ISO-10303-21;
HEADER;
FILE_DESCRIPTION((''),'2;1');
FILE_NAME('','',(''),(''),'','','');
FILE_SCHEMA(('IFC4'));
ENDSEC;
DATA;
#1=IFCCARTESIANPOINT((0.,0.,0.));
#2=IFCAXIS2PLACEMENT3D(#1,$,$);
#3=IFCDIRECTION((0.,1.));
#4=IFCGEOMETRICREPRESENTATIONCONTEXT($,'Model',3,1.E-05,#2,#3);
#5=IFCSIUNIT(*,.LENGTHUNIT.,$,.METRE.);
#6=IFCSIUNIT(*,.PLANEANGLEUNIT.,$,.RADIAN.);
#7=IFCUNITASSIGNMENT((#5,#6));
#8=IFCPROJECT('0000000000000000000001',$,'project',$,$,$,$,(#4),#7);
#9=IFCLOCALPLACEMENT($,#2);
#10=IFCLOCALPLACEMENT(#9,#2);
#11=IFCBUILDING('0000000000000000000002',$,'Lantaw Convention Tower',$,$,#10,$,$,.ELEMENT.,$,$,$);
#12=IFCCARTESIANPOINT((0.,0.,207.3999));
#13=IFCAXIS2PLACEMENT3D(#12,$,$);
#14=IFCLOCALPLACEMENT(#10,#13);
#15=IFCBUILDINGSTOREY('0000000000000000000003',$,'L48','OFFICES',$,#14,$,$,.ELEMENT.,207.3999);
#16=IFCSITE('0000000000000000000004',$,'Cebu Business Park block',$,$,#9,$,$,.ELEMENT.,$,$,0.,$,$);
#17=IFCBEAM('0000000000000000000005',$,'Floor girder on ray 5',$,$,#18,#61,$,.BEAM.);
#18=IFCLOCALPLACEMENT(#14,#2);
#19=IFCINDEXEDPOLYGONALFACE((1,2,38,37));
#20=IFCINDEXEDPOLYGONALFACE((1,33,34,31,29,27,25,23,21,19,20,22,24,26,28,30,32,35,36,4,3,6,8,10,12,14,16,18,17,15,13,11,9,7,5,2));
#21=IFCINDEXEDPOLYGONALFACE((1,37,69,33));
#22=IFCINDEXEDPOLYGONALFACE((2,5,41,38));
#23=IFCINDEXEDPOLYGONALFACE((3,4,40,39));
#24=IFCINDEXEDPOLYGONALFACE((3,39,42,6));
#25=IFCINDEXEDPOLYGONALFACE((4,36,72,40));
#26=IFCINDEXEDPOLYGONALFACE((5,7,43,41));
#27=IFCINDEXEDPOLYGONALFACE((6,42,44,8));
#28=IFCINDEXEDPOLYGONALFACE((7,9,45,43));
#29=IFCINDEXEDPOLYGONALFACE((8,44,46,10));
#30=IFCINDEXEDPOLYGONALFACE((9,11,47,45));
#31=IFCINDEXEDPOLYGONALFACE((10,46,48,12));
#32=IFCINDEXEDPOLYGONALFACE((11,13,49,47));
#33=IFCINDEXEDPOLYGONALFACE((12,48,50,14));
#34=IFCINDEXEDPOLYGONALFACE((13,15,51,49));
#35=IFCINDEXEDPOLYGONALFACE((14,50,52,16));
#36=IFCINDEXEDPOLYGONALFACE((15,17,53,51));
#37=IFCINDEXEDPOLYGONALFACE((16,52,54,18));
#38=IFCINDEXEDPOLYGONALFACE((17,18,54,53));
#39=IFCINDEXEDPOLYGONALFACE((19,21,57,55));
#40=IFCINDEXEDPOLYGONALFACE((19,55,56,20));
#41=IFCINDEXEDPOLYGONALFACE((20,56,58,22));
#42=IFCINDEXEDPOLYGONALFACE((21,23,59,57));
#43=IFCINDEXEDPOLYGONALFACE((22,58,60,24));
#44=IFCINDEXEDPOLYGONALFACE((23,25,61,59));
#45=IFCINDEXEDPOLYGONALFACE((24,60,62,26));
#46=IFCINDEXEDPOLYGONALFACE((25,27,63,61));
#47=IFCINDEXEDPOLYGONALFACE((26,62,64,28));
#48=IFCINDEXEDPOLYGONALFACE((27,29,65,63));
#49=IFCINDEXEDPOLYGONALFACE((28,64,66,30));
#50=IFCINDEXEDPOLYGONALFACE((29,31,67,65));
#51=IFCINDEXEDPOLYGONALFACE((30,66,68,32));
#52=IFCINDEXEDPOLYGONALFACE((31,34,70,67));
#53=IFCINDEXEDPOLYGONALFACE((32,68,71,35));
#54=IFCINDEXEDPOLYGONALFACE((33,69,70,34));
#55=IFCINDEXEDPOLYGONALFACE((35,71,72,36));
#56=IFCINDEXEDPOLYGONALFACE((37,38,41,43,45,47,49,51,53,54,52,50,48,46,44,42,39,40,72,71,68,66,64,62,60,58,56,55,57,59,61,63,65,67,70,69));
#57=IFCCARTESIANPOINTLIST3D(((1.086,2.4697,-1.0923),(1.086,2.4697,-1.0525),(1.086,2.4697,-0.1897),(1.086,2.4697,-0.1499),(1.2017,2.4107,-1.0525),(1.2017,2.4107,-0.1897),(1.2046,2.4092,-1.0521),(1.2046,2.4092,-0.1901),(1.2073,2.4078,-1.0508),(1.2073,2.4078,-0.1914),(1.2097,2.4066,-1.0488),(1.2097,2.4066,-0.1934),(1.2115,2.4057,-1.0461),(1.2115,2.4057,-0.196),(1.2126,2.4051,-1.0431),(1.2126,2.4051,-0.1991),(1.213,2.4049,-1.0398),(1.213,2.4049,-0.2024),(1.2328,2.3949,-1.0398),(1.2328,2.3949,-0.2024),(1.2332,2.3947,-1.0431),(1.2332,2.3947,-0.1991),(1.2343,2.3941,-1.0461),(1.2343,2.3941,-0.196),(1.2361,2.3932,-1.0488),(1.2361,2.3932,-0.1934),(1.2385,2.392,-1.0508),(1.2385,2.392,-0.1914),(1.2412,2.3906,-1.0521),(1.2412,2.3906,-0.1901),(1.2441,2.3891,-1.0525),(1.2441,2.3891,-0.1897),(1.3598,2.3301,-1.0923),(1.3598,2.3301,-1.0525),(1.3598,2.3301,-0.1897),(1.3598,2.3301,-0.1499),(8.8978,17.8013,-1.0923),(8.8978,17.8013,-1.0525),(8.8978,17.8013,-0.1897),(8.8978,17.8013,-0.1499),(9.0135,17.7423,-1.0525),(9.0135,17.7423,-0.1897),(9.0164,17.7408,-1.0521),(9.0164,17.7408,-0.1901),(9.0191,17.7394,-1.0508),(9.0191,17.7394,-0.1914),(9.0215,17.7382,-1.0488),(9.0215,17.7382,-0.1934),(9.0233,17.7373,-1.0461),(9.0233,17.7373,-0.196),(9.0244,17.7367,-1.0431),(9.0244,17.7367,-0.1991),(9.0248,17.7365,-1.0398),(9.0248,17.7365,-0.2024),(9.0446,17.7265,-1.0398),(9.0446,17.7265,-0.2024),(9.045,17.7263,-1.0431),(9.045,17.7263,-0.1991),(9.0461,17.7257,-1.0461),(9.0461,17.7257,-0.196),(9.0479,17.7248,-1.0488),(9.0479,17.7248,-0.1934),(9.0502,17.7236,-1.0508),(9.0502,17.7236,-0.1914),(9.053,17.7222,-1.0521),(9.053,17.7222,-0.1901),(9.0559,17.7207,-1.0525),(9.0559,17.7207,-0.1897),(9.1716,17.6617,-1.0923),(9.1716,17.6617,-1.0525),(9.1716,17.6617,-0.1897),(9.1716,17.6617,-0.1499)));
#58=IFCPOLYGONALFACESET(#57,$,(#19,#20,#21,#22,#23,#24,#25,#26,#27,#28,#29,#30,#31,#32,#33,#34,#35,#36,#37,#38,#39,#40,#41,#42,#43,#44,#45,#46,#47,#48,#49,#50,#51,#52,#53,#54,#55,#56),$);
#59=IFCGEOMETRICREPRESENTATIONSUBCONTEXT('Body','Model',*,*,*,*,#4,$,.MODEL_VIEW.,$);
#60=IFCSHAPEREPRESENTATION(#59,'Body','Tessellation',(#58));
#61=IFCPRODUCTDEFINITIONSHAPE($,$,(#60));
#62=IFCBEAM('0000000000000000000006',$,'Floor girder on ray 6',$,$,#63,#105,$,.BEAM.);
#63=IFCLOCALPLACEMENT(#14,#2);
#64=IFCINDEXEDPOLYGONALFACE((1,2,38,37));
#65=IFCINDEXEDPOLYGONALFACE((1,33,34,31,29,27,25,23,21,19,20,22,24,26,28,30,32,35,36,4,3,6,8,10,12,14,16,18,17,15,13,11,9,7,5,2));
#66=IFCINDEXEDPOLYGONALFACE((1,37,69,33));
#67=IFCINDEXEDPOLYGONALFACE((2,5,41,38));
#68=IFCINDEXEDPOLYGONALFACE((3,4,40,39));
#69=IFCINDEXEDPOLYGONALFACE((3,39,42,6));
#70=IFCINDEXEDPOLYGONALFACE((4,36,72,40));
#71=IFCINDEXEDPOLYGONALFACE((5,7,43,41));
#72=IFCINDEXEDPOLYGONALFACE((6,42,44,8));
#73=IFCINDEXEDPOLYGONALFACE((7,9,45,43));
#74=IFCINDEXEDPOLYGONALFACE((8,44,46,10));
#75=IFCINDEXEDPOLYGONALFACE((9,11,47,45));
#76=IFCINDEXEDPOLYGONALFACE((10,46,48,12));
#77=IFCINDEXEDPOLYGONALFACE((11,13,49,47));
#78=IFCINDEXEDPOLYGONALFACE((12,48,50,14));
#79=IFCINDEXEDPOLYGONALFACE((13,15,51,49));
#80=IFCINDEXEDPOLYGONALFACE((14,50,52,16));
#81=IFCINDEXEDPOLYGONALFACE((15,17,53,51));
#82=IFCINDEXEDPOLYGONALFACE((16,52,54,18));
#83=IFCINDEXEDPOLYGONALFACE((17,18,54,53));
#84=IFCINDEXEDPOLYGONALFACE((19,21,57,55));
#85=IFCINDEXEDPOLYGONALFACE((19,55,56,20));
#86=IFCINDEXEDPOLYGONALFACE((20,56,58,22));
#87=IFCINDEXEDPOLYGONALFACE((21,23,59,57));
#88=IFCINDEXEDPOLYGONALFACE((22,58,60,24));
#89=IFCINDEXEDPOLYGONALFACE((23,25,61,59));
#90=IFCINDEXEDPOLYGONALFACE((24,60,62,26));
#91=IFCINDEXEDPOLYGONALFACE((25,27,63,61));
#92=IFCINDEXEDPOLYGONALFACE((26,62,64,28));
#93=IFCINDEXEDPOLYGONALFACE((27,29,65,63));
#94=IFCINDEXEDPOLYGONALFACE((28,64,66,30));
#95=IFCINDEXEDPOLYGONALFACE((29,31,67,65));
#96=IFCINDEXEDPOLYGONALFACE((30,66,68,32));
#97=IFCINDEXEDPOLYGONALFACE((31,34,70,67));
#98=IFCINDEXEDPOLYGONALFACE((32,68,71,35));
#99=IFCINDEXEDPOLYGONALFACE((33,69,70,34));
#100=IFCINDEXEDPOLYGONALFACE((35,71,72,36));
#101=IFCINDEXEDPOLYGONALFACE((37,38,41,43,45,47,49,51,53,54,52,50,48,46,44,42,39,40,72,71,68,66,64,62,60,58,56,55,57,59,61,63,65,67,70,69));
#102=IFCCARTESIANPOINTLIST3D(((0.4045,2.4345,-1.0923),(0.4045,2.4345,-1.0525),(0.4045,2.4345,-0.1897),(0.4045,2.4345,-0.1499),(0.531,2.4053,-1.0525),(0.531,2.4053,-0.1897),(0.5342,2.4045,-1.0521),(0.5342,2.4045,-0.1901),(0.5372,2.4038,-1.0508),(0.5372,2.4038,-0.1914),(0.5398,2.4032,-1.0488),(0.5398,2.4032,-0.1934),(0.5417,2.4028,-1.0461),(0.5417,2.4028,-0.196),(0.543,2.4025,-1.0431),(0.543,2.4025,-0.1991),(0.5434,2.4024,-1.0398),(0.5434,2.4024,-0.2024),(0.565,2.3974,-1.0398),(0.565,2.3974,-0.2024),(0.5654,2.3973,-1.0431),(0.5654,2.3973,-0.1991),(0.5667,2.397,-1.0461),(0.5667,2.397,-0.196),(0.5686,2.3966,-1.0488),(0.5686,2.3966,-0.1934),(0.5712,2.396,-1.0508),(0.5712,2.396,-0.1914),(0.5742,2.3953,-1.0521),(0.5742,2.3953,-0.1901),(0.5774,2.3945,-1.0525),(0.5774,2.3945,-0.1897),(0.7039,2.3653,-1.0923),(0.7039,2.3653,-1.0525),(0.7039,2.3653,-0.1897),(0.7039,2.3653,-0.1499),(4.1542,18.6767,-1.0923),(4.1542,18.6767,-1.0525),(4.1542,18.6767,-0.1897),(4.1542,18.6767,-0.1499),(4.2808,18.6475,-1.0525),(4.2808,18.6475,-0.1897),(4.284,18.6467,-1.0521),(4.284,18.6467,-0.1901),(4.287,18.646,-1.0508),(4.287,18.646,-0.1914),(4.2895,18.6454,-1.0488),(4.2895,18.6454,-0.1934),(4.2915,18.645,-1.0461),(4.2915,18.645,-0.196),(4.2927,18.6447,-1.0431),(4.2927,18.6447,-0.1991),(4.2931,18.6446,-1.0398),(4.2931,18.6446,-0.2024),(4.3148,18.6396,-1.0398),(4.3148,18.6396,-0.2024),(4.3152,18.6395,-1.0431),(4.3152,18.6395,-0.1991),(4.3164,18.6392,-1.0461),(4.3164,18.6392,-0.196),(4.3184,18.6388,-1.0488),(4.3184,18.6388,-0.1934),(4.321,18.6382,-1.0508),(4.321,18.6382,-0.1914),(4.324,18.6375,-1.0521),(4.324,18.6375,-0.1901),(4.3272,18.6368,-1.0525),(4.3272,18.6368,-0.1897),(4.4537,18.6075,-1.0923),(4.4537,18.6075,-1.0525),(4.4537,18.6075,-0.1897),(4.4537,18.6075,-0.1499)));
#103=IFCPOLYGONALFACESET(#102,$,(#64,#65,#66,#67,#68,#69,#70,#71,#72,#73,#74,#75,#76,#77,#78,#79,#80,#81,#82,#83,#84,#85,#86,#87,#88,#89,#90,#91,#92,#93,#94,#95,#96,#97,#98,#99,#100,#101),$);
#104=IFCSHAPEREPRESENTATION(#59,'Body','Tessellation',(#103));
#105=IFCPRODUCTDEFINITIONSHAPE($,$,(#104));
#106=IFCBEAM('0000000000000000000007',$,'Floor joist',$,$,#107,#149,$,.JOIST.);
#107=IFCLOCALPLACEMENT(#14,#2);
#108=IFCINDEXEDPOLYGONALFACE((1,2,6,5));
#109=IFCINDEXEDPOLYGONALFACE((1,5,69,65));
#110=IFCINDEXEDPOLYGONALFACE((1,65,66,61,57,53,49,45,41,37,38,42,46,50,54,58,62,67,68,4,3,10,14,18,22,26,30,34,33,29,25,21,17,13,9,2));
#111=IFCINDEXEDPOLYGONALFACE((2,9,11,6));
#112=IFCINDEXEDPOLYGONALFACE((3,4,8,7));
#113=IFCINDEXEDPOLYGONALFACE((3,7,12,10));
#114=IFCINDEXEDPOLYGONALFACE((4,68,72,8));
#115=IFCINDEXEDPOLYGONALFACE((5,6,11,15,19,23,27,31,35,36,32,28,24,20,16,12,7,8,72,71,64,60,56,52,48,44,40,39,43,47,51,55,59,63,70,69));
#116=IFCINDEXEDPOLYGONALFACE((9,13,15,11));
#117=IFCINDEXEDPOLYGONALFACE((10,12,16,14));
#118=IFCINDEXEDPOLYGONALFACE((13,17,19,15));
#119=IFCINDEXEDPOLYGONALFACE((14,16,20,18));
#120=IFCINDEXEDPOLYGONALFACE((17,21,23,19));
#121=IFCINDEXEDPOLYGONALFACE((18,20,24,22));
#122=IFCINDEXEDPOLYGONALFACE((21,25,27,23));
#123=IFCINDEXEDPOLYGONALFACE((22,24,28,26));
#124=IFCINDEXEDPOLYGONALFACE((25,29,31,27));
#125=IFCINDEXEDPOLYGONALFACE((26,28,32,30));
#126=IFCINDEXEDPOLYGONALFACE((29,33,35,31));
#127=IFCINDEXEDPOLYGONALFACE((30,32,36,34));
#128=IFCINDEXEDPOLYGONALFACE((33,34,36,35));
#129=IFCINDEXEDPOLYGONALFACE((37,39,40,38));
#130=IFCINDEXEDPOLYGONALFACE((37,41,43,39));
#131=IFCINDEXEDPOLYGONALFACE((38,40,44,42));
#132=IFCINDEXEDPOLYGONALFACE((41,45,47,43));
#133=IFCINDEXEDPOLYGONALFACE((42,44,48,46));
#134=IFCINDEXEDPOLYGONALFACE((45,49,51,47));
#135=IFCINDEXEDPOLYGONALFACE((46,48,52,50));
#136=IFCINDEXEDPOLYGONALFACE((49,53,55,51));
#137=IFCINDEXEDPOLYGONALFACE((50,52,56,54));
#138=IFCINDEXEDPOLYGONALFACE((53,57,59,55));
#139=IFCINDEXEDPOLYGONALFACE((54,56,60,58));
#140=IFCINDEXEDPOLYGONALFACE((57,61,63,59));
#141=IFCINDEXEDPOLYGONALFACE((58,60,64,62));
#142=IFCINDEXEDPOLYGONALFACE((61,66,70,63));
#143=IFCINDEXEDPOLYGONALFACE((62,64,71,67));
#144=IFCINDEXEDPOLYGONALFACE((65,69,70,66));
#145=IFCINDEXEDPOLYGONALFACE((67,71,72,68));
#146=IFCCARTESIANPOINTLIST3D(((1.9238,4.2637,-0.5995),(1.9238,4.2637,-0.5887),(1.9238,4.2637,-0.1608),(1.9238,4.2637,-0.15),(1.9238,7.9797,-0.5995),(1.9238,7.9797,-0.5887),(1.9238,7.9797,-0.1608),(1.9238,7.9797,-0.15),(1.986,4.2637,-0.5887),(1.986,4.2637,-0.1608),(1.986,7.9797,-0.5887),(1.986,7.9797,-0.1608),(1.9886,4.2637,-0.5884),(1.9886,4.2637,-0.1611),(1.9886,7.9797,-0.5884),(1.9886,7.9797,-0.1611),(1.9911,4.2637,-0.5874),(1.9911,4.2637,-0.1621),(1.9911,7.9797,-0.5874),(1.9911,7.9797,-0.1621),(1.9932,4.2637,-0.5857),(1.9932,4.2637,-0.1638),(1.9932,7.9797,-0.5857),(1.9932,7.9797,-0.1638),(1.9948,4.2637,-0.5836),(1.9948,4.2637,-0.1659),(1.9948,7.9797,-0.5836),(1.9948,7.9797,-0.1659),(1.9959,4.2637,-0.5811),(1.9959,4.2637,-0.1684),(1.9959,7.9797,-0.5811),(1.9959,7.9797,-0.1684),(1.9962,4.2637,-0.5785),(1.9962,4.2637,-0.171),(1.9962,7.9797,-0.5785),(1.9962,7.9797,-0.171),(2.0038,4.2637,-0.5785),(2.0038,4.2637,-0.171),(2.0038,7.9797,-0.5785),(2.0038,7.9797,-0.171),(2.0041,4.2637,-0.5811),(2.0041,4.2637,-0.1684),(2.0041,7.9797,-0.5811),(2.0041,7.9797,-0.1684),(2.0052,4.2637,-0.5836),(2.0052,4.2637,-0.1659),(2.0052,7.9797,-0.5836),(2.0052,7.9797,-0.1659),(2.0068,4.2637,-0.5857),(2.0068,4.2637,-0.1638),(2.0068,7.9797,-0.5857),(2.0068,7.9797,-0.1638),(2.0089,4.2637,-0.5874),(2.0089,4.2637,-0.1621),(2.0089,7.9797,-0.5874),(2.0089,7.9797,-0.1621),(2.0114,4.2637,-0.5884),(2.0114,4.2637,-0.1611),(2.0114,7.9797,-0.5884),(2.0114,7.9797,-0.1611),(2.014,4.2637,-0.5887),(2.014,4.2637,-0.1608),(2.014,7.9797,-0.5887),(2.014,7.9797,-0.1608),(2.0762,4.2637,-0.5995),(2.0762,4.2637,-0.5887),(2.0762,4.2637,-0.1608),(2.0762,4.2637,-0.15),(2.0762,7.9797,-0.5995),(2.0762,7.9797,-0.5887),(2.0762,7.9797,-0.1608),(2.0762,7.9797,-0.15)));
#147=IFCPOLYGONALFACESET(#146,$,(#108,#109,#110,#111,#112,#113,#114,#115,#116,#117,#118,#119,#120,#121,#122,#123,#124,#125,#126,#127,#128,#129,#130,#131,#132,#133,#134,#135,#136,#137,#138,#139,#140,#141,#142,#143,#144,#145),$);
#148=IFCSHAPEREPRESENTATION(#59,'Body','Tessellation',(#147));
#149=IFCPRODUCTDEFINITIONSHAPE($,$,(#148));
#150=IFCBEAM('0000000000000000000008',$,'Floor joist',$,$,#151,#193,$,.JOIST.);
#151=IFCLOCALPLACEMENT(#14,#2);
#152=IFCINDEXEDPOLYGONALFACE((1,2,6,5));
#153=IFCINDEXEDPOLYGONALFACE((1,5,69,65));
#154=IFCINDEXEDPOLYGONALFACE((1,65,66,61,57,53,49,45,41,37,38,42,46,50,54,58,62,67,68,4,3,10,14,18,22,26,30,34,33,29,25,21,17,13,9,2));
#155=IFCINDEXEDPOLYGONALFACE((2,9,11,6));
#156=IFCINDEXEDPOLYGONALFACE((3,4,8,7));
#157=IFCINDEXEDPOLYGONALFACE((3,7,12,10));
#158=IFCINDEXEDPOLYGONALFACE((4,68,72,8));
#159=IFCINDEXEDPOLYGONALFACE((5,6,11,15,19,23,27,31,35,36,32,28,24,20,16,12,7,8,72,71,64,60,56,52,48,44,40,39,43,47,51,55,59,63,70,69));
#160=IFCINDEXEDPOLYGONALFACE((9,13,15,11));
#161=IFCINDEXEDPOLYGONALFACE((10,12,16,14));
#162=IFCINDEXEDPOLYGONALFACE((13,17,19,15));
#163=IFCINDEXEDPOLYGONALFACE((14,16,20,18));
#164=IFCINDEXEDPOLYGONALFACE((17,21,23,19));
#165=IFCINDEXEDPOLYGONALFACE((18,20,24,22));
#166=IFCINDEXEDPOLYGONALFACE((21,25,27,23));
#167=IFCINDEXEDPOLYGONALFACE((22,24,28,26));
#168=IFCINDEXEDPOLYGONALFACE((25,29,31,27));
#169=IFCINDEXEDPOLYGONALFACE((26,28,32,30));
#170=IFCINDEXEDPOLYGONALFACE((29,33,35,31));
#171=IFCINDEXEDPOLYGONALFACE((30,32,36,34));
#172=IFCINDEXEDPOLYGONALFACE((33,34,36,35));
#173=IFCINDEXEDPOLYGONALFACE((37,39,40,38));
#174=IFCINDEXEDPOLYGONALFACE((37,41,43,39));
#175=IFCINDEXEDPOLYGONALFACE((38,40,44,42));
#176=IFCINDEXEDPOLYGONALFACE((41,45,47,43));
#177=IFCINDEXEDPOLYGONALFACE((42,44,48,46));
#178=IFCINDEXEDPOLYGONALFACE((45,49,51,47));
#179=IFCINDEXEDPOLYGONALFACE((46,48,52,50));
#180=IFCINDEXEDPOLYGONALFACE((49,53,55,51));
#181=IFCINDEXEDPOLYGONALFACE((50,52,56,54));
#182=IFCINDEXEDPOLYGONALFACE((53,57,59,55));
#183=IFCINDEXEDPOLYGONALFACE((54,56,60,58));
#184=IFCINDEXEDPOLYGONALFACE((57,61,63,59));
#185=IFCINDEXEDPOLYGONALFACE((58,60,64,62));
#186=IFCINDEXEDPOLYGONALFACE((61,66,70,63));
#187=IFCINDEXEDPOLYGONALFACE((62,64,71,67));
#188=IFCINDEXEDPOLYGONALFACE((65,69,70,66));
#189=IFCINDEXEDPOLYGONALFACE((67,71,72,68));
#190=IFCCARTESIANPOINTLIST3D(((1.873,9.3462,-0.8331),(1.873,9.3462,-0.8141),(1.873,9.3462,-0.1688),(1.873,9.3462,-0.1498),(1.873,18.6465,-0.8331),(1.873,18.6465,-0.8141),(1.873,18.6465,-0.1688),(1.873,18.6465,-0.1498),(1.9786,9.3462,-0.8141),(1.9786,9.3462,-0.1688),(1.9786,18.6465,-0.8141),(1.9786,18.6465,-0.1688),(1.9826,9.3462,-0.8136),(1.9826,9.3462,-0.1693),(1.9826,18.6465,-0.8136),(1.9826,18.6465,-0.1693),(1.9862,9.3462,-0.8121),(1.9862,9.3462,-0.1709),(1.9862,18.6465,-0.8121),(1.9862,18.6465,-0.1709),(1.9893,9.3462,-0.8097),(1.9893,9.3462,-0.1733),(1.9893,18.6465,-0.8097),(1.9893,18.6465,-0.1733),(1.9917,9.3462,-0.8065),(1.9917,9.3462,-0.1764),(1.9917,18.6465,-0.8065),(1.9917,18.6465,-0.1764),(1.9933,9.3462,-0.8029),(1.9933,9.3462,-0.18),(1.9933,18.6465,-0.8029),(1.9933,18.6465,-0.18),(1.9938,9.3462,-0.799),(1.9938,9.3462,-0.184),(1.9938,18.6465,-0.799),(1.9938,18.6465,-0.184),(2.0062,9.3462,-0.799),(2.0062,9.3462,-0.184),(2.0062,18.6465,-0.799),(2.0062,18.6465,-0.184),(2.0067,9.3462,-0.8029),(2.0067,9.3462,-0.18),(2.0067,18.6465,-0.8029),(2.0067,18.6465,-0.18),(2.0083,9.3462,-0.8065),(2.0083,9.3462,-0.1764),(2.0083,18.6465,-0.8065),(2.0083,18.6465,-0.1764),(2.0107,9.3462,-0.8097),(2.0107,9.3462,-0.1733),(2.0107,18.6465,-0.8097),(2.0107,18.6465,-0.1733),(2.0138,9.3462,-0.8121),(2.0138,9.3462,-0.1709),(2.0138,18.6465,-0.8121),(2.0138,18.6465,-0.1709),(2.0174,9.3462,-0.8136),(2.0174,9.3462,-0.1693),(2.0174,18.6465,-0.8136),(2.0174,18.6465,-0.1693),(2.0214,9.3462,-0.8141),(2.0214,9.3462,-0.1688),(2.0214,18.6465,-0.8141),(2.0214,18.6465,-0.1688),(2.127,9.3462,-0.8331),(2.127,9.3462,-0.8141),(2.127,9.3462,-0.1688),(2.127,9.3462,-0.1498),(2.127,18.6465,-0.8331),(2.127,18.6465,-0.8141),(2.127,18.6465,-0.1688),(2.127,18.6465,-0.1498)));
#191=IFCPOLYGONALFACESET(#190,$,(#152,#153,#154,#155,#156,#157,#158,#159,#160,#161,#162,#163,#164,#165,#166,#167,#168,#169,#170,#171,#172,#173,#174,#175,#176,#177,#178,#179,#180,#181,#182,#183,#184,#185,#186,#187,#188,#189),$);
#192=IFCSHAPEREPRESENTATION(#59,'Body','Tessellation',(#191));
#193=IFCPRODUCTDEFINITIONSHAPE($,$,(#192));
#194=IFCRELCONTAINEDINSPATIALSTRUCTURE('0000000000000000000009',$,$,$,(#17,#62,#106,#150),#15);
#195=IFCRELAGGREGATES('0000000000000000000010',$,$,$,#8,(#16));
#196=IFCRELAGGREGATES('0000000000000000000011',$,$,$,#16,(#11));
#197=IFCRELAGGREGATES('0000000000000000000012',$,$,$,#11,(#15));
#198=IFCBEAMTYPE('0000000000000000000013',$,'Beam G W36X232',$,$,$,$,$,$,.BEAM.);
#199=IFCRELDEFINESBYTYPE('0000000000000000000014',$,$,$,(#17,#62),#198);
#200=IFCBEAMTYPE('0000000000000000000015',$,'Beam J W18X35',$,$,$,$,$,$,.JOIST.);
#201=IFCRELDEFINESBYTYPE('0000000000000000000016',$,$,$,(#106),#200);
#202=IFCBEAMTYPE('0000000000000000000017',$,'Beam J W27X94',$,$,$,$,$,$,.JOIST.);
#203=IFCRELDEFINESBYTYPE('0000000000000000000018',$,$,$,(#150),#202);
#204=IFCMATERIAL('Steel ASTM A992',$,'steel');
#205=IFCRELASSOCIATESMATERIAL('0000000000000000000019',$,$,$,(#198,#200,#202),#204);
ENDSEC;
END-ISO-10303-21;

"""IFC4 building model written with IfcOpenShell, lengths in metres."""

from ifc_helpers import new_model, si_unit, direction, frame, origin, origin_2d, place, context, subcontext, project, spatial, i_section, extrude, material, material_profile, profile_set, type_object, element, save


model = new_model("IFC4")

# Units and contexts
model_context = context("Model", 3, precision=1e-05, world=origin(), true_north=direction((0.0, 1.0)))
body_context = subcontext(model_context, "Body", "Model", "MODEL_VIEW")
ifc_project = project(units=[si_unit("LENGTHUNIT", "METRE"), si_unit("PLANEANGLEUNIT", "RADIAN")], contexts=[model_context])

# Site, building, storey
site_placement = place(None, origin())
site = spatial("IfcSite", under=ifc_project, at=site_placement, Name="Cebu Business Park block", CompositionType="ELEMENT", RefElevation=0.0)
building_placement = place(site_placement, origin())
building = spatial("IfcBuilding", under=site, at=building_placement, Name="Lantaw Convention Tower", CompositionType="ELEMENT")
storey_placement = place(building_placement, frame((0.0, 0.0, 207.3999)))
storey = spatial("IfcBuildingStorey", under=building, at=storey_placement, Name="L48", Description="OFFICES", CompositionType="ELEMENT", Elevation=207.3999)

# Beams
ifc_material_1 = material(Name="Steel ASTM A992", Category="steel")
ifc_material_profile_1 = material_profile(ifc_material_1, i_section(OverallWidth=0.3074, OverallDepth=0.9424, WebThickness=0.0222, FlangeThickness=0.0398, FilletRadius=0.0127, at=origin_2d()), Name="W36X232")
ifc_profile_set_1 = profile_set([ifc_material_profile_1], Name="Steel ASTM A992")
beam_type_1 = type_object("IfcBeamType", Name="Beam G W36X232", PredefinedType="BEAM", material=ifc_profile_set_1)
beam_1_placement = place(storey_placement, frame((1.2229, 2.3999, -0.6211), z_axis=(0.453988, 0.891008, 0.0), x_axis=(-0.891008, 0.453988, 0.0)))
element("IfcBeam", 1, at=beam_1_placement, inside=storey, type_object=beam_type_1, Name="Floor girder on ray 5", PredefinedType="BEAM", context=body_context, shape_type="SweptSolid", body=[
    extrude(i_section(OverallWidth=0.3074, OverallDepth=0.9424, WebThickness=0.0222, FlangeThickness=0.0398, FilletRadius=0.0127, at=origin_2d()), origin(), (0.0, 0.0, 1.0), 17.207),
])
beam_2_placement = place(storey_placement, frame((0.5542, 2.3999, -0.6211), z_axis=(0.224948, 0.974371, 0.0), x_axis=(-0.974371, 0.224948, 0.0)))
element("IfcBeam", 2, at=beam_2_placement, inside=storey, type_object=beam_type_1, Name="Floor girder on ray 6", PredefinedType="BEAM", context=body_context, shape_type="SweptSolid", body=[
    extrude(i_section(OverallWidth=0.3074, OverallDepth=0.9424, WebThickness=0.0222, FlangeThickness=0.0398, FilletRadius=0.0127, at=origin_2d()), origin(), (0.0, 0.0, 1.0), 16.6694),
])
ifc_material_profile_2 = material_profile(ifc_material_1, i_section(OverallWidth=0.1523, OverallDepth=0.4495, WebThickness=0.0076, FlangeThickness=0.0107, FilletRadius=0.0103, at=origin_2d()), Name="W18X35")
ifc_profile_set_2 = profile_set([ifc_material_profile_2], Name="Steel ASTM A992")
beam_type_2 = type_object("IfcBeamType", Name="Beam J W18X35", PredefinedType="JOIST", material=ifc_profile_set_2)
beam_3_placement = place(storey_placement, frame((2.0, 4.2637, -0.3748), z_axis=(0.0, 1.0, 0.0), x_axis=(-1.0, 0.0, 0.0)))
element("IfcBeam", 3, at=beam_3_placement, inside=storey, type_object=beam_type_2, Name="Floor joist", PredefinedType="JOIST", context=body_context, shape_type="SweptSolid", body=[
    extrude(i_section(OverallWidth=0.1523, OverallDepth=0.4495, WebThickness=0.0076, FlangeThickness=0.0107, FilletRadius=0.0103, at=origin_2d()), origin(), (0.0, 0.0, 1.0), 3.7161),
])
ifc_material_profile_3 = material_profile(ifc_material_1, i_section(OverallWidth=0.2539, OverallDepth=0.6833, WebThickness=0.0125, FlangeThickness=0.019, FilletRadius=0.0151, at=origin_2d()), Name="W27X94")
ifc_profile_set_3 = profile_set([ifc_material_profile_3], Name="Steel ASTM A992")
beam_type_3 = type_object("IfcBeamType", Name="Beam J W27X94", PredefinedType="JOIST", material=ifc_profile_set_3)
beam_4_placement = place(storey_placement, frame((2.0, 9.3462, -0.4915), z_axis=(0.0, 1.0, 0.0), x_axis=(-1.0, 0.0, 0.0)))
element("IfcBeam", 4, at=beam_4_placement, inside=storey, type_object=beam_type_3, Name="Floor joist", PredefinedType="JOIST", context=body_context, shape_type="SweptSolid", body=[
    extrude(i_section(OverallWidth=0.2539, OverallDepth=0.6833, WebThickness=0.0125, FlangeThickness=0.019, FilletRadius=0.0151, at=origin_2d()), origin(), (0.0, 0.0, 1.0), 9.3003),
])

save(model, "model.ifc")
